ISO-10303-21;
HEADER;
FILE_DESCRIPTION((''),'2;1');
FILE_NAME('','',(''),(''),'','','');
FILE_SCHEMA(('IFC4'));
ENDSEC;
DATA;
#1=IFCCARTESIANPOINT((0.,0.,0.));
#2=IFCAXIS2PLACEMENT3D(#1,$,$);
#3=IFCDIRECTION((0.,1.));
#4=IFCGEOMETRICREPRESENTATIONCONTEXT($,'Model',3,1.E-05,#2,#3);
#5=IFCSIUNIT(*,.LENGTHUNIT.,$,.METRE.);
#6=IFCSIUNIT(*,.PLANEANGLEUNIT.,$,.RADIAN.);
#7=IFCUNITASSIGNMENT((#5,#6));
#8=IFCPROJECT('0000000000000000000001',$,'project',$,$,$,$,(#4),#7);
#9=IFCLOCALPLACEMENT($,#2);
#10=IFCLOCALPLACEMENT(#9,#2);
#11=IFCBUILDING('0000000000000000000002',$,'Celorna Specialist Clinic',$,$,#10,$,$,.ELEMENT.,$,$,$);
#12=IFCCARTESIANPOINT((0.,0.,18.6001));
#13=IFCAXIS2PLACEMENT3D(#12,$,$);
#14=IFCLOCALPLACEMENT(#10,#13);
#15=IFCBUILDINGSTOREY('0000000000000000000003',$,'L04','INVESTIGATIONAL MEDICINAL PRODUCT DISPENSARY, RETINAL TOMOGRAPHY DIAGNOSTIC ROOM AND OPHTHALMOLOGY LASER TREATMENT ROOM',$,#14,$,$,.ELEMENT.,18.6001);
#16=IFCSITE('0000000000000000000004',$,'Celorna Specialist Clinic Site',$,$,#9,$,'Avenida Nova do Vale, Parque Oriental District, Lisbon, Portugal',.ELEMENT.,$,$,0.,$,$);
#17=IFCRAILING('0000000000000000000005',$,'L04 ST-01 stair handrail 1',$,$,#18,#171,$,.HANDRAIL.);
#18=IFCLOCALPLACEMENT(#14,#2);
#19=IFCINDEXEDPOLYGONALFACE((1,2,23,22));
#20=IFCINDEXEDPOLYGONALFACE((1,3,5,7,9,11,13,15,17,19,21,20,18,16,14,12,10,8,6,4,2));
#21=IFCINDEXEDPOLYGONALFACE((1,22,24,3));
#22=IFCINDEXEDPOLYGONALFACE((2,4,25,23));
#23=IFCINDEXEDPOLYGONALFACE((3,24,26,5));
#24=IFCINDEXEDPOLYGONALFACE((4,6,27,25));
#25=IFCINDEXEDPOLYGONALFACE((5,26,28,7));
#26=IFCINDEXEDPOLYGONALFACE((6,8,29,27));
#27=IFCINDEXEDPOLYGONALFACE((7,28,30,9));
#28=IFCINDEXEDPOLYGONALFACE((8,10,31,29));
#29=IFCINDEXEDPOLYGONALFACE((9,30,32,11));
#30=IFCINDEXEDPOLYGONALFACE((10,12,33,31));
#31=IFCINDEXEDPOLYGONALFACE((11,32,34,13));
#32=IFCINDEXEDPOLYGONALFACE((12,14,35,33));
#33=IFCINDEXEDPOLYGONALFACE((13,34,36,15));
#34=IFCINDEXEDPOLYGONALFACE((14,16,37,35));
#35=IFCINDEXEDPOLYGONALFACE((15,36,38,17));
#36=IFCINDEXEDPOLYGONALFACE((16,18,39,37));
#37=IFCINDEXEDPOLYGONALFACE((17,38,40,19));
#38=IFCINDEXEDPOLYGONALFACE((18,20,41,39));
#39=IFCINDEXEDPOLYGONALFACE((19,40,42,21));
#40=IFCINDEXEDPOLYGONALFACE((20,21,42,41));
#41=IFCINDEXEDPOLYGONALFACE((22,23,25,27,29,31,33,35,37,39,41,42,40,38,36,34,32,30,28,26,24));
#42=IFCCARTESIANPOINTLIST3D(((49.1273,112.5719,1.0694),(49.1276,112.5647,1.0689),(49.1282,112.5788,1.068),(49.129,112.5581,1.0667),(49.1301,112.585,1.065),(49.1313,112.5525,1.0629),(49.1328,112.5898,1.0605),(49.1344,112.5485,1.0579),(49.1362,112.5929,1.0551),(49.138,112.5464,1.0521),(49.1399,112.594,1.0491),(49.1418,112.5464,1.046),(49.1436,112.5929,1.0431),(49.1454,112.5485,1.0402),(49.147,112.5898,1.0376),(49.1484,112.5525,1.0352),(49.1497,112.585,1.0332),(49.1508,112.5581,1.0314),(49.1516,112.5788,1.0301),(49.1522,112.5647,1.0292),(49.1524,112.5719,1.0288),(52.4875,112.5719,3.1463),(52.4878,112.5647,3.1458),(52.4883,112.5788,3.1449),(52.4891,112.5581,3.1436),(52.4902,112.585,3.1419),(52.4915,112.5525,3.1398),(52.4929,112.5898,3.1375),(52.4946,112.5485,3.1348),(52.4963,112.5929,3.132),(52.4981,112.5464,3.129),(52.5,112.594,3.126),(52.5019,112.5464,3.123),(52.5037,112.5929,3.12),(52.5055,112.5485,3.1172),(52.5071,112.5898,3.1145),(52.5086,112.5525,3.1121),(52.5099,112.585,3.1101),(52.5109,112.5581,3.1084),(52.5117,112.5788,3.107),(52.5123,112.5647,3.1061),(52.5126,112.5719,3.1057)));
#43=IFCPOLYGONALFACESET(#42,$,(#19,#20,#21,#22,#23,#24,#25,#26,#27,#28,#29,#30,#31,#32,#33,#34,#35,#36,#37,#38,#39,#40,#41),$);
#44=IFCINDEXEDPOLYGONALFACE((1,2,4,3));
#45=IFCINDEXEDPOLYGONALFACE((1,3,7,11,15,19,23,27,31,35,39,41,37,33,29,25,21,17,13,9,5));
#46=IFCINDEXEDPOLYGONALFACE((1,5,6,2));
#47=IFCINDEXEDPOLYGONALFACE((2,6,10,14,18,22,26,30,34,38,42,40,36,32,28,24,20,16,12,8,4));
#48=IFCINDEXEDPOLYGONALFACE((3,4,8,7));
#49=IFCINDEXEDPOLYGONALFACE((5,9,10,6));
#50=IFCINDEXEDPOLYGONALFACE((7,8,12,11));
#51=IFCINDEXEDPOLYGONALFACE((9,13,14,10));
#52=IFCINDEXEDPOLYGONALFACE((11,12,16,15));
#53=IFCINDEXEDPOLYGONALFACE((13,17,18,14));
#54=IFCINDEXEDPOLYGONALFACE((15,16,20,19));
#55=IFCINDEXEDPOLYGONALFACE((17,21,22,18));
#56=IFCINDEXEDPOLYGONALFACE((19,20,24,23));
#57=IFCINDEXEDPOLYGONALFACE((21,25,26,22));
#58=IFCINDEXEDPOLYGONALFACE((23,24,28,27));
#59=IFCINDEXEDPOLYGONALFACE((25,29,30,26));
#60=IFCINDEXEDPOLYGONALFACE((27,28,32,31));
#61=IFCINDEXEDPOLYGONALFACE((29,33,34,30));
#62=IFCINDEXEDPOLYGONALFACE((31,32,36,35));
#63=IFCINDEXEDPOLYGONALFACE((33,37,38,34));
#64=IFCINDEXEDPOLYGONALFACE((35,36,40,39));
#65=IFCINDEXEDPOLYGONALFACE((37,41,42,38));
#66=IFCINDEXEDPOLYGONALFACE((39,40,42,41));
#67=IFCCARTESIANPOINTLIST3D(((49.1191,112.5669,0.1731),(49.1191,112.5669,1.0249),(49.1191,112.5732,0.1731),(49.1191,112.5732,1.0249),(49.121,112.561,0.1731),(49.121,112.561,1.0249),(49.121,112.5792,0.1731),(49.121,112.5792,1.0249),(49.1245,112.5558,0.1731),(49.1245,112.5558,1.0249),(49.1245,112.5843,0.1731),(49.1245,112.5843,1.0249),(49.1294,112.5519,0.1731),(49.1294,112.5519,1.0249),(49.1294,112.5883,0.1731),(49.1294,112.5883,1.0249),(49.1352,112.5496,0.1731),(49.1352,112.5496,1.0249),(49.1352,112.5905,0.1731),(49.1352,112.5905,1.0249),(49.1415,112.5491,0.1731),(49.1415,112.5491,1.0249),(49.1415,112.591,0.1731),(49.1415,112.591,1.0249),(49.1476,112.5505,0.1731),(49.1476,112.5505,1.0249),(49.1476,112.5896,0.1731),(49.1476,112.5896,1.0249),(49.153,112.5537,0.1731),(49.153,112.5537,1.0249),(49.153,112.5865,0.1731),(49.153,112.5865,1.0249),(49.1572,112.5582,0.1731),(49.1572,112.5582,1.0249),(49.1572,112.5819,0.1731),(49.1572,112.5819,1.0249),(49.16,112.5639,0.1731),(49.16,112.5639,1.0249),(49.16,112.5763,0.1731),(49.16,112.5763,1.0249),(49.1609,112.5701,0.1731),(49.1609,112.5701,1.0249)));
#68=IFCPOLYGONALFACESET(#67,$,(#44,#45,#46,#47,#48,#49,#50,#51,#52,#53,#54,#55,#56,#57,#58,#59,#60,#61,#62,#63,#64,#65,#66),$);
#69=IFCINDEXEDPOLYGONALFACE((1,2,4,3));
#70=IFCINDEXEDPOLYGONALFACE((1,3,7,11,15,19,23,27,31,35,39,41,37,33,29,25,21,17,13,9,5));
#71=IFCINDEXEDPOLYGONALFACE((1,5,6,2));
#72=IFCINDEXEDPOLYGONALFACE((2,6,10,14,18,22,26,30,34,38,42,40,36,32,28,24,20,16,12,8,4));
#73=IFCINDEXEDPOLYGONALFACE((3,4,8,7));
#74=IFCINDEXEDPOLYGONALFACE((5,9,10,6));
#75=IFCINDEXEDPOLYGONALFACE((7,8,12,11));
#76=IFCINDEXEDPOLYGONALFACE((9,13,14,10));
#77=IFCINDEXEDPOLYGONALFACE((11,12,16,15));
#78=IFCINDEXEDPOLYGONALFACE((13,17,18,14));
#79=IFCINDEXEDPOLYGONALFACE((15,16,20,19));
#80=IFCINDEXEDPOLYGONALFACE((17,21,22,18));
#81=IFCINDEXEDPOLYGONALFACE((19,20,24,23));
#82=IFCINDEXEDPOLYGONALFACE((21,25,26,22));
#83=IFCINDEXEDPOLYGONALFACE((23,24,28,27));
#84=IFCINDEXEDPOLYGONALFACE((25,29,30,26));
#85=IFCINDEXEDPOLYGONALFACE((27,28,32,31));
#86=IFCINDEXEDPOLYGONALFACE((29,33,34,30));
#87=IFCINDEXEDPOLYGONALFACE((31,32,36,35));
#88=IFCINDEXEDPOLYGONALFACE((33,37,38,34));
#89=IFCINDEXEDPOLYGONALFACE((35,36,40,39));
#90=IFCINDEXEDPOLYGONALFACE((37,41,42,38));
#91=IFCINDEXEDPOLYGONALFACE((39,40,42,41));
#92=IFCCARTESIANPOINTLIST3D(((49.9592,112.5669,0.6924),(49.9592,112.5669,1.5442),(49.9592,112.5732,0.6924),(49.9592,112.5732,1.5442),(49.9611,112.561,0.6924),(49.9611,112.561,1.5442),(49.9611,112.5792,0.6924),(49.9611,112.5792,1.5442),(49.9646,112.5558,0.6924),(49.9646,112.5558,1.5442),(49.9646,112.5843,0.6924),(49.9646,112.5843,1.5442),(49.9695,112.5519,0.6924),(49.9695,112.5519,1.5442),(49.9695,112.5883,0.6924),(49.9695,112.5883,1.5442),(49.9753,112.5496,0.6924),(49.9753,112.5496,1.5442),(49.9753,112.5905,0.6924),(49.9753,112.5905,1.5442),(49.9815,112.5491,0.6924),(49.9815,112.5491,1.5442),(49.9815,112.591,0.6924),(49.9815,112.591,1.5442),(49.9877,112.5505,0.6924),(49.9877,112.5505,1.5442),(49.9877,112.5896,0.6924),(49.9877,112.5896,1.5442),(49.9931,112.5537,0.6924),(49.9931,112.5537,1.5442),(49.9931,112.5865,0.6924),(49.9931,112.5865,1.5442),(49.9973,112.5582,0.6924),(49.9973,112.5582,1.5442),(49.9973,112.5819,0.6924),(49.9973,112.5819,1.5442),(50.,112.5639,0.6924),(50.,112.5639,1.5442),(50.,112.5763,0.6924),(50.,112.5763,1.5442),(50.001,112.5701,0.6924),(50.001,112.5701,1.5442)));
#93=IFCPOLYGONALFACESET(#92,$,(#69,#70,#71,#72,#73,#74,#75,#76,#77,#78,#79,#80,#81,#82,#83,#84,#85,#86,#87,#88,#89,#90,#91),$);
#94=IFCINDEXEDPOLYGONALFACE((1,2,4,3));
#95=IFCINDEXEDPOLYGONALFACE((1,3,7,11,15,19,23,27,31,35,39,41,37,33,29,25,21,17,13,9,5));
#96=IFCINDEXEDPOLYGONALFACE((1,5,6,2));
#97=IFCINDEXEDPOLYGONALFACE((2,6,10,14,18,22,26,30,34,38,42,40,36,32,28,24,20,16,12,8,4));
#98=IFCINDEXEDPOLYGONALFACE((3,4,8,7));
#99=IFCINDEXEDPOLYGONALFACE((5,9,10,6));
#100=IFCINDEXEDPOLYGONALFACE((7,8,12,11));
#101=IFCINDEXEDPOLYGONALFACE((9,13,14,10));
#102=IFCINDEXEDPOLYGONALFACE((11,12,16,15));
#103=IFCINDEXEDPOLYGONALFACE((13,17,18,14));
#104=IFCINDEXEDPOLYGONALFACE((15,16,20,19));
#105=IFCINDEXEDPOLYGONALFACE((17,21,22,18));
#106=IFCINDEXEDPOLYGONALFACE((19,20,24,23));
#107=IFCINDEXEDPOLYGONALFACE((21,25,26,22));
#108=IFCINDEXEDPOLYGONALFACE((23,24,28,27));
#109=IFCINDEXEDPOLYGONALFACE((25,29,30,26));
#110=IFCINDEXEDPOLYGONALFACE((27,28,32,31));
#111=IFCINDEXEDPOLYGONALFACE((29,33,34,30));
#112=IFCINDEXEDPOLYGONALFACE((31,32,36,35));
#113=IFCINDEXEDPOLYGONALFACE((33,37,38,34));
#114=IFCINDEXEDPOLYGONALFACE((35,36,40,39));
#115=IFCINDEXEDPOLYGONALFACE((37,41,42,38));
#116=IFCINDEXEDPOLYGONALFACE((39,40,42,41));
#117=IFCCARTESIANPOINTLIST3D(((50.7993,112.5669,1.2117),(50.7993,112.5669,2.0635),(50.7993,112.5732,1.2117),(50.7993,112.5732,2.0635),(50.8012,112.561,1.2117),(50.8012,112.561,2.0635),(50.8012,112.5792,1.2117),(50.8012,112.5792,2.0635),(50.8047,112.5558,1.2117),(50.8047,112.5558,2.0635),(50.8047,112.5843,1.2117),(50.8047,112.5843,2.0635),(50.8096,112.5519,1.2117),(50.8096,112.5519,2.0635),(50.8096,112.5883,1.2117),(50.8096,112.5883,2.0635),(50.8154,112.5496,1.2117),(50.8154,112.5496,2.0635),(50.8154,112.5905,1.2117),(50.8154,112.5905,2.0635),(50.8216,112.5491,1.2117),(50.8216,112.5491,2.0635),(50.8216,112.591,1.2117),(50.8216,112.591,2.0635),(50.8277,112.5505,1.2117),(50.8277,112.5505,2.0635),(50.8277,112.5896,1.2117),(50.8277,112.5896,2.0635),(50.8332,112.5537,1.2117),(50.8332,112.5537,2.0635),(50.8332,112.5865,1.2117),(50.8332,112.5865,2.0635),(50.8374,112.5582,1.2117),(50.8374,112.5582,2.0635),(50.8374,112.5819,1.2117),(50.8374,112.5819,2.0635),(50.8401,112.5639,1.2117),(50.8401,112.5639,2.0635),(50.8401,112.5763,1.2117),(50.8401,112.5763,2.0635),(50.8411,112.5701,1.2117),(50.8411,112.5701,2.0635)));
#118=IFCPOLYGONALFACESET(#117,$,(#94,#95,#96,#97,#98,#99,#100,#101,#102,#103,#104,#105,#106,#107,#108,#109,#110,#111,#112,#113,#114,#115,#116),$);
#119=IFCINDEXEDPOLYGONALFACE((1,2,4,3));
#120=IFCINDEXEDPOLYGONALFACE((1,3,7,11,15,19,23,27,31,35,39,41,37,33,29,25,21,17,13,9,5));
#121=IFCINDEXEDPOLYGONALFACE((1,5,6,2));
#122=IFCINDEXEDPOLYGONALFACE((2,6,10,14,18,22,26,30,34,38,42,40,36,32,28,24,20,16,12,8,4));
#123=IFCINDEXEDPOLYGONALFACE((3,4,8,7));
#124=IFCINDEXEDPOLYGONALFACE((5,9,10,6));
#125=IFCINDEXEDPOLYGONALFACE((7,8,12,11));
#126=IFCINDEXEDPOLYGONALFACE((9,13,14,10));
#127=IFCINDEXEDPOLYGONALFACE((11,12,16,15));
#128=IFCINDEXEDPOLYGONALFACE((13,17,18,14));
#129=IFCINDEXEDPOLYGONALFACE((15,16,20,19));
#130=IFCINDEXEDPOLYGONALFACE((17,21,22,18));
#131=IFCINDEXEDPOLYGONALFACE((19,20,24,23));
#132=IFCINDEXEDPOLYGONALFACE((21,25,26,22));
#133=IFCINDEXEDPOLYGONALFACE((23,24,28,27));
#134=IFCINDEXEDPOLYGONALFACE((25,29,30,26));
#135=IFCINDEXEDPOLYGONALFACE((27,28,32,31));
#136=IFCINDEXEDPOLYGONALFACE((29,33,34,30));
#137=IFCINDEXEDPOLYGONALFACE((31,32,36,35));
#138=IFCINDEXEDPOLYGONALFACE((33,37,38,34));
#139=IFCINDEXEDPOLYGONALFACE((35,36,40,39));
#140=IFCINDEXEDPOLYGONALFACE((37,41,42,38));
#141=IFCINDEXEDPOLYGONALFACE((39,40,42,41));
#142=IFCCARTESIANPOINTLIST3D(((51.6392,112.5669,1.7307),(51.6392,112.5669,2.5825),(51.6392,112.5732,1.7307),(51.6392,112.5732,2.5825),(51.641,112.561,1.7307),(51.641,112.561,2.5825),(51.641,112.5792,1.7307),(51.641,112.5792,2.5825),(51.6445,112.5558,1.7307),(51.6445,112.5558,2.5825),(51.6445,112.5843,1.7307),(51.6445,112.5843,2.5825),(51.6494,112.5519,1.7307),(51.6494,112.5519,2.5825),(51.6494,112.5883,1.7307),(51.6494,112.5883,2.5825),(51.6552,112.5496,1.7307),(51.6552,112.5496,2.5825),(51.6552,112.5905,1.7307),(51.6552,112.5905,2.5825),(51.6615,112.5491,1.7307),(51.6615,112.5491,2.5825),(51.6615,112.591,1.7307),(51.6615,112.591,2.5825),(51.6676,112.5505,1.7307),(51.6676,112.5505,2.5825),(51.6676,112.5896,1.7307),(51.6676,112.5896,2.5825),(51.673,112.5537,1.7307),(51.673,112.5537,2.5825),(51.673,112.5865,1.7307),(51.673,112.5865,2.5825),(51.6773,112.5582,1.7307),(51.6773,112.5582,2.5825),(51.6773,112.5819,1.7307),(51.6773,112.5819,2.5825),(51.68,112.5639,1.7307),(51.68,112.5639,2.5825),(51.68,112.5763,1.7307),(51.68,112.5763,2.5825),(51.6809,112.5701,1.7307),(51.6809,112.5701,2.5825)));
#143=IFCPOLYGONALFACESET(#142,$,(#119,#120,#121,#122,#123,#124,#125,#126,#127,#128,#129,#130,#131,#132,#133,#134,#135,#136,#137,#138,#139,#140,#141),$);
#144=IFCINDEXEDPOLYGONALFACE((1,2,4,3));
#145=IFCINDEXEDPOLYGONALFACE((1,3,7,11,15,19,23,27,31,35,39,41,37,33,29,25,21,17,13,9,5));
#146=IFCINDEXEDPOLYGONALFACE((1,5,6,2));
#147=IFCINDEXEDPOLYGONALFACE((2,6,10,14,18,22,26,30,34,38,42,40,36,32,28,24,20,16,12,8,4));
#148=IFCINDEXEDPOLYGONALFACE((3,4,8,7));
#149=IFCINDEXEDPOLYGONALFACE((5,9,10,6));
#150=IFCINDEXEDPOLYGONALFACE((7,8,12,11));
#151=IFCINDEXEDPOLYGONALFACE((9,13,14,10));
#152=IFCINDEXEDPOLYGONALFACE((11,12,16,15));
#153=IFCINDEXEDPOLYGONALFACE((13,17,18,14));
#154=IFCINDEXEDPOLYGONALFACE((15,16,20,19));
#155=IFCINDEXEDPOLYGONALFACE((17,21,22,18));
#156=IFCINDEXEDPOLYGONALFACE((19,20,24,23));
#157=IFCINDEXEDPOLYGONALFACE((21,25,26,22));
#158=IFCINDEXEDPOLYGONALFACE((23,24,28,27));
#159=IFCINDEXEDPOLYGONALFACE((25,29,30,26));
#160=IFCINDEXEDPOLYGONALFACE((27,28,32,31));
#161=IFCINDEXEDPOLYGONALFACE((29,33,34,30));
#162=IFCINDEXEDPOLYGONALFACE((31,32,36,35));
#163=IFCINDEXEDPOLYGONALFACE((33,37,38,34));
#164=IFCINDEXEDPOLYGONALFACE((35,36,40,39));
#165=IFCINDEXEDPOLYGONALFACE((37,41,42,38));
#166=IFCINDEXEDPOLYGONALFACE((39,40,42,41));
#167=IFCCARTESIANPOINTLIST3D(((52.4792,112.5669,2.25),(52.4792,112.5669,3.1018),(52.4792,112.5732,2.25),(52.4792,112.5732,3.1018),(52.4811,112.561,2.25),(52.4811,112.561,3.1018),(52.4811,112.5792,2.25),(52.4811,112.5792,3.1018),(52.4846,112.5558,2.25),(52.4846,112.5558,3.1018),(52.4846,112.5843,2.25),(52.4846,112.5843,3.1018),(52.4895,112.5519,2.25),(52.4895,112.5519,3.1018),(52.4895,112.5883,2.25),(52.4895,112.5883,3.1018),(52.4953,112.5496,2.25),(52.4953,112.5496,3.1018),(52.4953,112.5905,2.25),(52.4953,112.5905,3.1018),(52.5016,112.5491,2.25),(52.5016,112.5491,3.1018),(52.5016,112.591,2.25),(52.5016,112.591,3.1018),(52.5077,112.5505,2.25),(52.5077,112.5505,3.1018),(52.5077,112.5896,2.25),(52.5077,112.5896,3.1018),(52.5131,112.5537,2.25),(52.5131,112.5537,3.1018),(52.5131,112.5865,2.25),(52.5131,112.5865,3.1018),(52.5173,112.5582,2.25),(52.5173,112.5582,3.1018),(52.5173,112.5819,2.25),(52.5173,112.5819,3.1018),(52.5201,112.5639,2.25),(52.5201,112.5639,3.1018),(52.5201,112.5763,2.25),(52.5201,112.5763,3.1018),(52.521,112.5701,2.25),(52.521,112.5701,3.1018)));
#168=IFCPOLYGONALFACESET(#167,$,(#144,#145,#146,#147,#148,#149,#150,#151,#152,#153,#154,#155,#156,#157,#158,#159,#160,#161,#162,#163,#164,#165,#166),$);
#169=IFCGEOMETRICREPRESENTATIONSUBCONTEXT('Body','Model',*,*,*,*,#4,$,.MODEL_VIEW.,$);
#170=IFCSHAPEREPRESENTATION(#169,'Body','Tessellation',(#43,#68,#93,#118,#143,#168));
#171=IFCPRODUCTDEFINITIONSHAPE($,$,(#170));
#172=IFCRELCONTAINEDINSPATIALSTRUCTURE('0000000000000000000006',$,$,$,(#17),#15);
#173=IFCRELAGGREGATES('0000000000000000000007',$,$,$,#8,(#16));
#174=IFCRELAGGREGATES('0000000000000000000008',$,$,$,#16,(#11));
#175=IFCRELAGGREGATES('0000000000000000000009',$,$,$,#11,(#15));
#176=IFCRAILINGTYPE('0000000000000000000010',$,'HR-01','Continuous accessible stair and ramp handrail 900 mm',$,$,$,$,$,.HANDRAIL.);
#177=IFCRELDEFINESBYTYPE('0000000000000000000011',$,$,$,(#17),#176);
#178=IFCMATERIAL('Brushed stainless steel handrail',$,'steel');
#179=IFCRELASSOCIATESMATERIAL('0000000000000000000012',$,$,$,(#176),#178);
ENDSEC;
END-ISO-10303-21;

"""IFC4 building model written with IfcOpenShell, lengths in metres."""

from ifc_helpers import new_model, si_unit, direction, frame, origin, origin_2d, place, context, subcontext, project, spatial, circle, extrude, material, type_object, element, save


model = new_model("IFC4")

# Units and contexts
model_context = context("Model", 3, precision=1e-05, world=origin(), true_north=direction((0.0, 1.0)))
body_context = subcontext(model_context, "Body", "Model", "MODEL_VIEW")
ifc_project = project(units=[si_unit("LENGTHUNIT", "METRE"), si_unit("PLANEANGLEUNIT", "RADIAN")], contexts=[model_context])

# Site, building, storey
site_placement = place(None, origin())
site = spatial("IfcSite", under=ifc_project, at=site_placement, Name="Celorna Specialist Clinic Site", LongName="Avenida Nova do Vale, Parque Oriental District, Lisbon, Portugal", CompositionType="ELEMENT", RefElevation=0.0)
building_placement = place(site_placement, origin())
building = spatial("IfcBuilding", under=site, at=building_placement, Name="Celorna Specialist Clinic", CompositionType="ELEMENT")
storey_placement = place(building_placement, frame((0.0, 0.0, 18.6001)))
storey = spatial("IfcBuildingStorey", under=building, at=storey_placement, Name="L04", Description="INVESTIGATIONAL MEDICINAL PRODUCT DISPENSARY, RETINAL TOMOGRAPHY DIAGNOSTIC ROOM AND OPHTHALMOLOGY LASER TREATMENT ROOM", CompositionType="ELEMENT", Elevation=18.6001)

# Railing
ifc_material_1 = material(Name="Brushed stainless steel handrail", Category="steel")
railing_type_1 = type_object("IfcRailingType", Name="HR-01", Description="Continuous accessible stair and ramp handrail 900 mm", PredefinedType="HANDRAIL", material=ifc_material_1)
railing_1_placement = place(storey_placement, frame((49.1399, 112.5701, 0.1731)))
element("IfcRailing", 1, at=railing_1_placement, inside=storey, type_object=railing_type_1, Name="L04 ST-01 stair handrail 1", PredefinedType="HANDRAIL", context=body_context, shape_type="SweptSolid", body=[
    extrude(circle(Radius=0.0239, at=origin_2d()), frame((0.0, 0.0, 0.876), z_axis=(0.850623, 0.0, 0.525776), x_axis=(0.0, 1.0, 0.0)), (0.0, 0.0, 1.0), 3.9502),
    extrude(circle(Radius=0.021, at=origin_2d()), origin(), (0.0, 0.0, 1.0), 0.8518),
    extrude(circle(Radius=0.021, at=origin_2d()), frame((0.8401, 0.0, 0.5193)), (0.0, 0.0, 1.0), 0.8518),
    extrude(circle(Radius=0.021, at=origin_2d()), frame((1.6802, 0.0, 1.0386)), (0.0, 0.0, 1.0), 0.8518),
    extrude(circle(Radius=0.021, at=origin_2d()), frame((2.52, 0.0, 1.5576)), (0.0, 0.0, 1.0), 0.8518),
    extrude(circle(Radius=0.021, at=origin_2d()), frame((3.3601, 0.0, 2.0769)), (0.0, 0.0, 1.0), 0.8518),
])

save(model, "model.ifc")
